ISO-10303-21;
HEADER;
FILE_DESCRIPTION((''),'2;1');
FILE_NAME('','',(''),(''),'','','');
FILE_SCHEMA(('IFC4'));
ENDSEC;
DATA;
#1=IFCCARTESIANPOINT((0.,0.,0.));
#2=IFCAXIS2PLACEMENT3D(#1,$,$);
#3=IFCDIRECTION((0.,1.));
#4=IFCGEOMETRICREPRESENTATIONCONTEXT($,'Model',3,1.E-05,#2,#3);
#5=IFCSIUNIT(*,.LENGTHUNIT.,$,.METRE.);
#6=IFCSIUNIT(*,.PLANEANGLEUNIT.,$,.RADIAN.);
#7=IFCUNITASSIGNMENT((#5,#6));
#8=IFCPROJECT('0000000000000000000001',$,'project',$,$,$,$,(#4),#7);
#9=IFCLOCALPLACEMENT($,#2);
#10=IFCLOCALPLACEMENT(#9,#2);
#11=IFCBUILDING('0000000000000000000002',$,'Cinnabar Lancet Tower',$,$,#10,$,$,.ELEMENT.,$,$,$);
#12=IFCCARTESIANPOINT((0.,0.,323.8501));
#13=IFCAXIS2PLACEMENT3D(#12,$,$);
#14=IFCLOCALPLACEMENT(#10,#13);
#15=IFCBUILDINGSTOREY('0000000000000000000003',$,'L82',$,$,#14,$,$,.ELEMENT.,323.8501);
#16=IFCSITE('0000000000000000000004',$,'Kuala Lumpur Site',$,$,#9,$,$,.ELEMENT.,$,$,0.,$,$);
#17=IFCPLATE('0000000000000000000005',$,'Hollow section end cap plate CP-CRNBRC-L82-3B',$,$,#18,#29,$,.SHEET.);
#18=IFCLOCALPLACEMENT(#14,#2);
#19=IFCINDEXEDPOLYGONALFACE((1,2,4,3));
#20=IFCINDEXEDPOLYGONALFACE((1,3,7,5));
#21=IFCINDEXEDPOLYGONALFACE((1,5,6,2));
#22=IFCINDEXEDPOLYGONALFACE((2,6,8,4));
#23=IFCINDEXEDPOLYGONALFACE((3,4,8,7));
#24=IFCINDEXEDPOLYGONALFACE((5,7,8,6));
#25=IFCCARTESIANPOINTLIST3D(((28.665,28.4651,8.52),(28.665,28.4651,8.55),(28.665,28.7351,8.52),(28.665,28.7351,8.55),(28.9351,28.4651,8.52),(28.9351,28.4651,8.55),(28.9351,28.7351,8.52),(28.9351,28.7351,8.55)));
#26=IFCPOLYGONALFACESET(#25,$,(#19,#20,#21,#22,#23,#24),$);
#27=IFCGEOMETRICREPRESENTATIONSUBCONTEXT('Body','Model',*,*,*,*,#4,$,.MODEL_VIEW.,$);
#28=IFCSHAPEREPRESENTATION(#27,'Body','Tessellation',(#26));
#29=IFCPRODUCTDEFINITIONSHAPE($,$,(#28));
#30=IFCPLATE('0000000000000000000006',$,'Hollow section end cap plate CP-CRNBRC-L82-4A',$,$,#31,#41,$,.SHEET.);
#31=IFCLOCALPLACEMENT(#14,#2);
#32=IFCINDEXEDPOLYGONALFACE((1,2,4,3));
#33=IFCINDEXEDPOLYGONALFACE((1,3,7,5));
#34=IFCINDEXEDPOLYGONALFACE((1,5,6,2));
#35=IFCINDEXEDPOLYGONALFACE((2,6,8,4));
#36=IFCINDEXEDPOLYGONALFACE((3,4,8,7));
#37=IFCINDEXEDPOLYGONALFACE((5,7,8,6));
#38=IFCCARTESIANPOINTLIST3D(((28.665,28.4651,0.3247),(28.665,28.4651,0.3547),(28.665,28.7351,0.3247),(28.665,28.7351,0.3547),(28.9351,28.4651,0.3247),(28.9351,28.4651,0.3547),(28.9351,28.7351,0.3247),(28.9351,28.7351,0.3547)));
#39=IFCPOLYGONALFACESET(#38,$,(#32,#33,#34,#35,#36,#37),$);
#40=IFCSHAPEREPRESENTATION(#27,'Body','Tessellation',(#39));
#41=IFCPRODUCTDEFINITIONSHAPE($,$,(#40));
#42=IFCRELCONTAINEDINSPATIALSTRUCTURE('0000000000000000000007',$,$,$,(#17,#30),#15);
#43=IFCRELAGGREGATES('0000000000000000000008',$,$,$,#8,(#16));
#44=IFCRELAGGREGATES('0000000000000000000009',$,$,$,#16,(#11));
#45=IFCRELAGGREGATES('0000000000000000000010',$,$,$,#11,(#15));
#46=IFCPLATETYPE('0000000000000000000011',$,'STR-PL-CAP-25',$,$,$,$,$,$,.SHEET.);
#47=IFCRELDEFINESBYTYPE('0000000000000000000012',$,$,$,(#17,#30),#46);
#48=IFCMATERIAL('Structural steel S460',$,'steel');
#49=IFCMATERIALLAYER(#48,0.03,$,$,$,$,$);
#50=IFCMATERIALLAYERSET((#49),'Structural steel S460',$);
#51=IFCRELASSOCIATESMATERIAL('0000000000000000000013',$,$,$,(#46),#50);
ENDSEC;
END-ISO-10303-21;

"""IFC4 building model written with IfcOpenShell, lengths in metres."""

from ifc_helpers import new_model, si_unit, direction, frame, origin, origin_2d, place, context, subcontext, project, spatial, rectangle, extrude, material, layer, layer_set, type_object, element, save


model = new_model("IFC4")

# Units and contexts
model_context = context("Model", 3, precision=1e-05, world=origin(), true_north=direction((0.0, 1.0)))
body_context = subcontext(model_context, "Body", "Model", "MODEL_VIEW")
ifc_project = project(units=[si_unit("LENGTHUNIT", "METRE"), si_unit("PLANEANGLEUNIT", "RADIAN")], contexts=[model_context])

# Site, building, storey
site_placement = place(None, origin())
site = spatial("IfcSite", under=ifc_project, at=site_placement, Name="Kuala Lumpur Site", CompositionType="ELEMENT", RefElevation=0.0)
building_placement = place(site_placement, origin())
building = spatial("IfcBuilding", under=site, at=building_placement, Name="Cinnabar Lancet Tower", CompositionType="ELEMENT")
storey_placement = place(building_placement, frame((0.0, 0.0, 323.8501)))
storey = spatial("IfcBuildingStorey", under=building, at=storey_placement, Name="L82", CompositionType="ELEMENT", Elevation=323.8501)

# Plates
ifc_material_1 = material(Name="Structural steel S460", Category="steel")
ifc_layer_1 = layer(ifc_material_1, 0.03)
ifc_layer_set_1 = layer_set([ifc_layer_1], Name="Structural steel S460")
plate_type_1 = type_object("IfcPlateType", Name="STR-PL-CAP-25", PredefinedType="SHEET", material=ifc_layer_set_1)
for number, where, z_axis, x_axis, name in (
    (1, (28.8, 28.6001, 8.52), (0.0, 0.0, 1.0), (-1.0, 0.0, 0.0), "Hollow section end cap plate CP-CRNBRC-L82-3B"),
    (2, (28.8, 28.6001, 0.3247), (0.0, 0.0, 1.0), (0.0, 1.0, 0.0), "Hollow section end cap plate CP-CRNBRC-L82-4A"),
):
    element("IfcPlate", number, at=place(storey_placement, frame(where, z_axis=z_axis, x_axis=x_axis)), inside=storey, type_object=plate_type_1, Name=name, PredefinedType="SHEET", context=body_context, shape_type="SweptSolid", body=[
        extrude(rectangle(XDim=0.27, YDim=0.27, at=origin_2d()), origin(), (0.0, 0.0, 1.0), 0.03),
    ])

save(model, "model.ifc")
